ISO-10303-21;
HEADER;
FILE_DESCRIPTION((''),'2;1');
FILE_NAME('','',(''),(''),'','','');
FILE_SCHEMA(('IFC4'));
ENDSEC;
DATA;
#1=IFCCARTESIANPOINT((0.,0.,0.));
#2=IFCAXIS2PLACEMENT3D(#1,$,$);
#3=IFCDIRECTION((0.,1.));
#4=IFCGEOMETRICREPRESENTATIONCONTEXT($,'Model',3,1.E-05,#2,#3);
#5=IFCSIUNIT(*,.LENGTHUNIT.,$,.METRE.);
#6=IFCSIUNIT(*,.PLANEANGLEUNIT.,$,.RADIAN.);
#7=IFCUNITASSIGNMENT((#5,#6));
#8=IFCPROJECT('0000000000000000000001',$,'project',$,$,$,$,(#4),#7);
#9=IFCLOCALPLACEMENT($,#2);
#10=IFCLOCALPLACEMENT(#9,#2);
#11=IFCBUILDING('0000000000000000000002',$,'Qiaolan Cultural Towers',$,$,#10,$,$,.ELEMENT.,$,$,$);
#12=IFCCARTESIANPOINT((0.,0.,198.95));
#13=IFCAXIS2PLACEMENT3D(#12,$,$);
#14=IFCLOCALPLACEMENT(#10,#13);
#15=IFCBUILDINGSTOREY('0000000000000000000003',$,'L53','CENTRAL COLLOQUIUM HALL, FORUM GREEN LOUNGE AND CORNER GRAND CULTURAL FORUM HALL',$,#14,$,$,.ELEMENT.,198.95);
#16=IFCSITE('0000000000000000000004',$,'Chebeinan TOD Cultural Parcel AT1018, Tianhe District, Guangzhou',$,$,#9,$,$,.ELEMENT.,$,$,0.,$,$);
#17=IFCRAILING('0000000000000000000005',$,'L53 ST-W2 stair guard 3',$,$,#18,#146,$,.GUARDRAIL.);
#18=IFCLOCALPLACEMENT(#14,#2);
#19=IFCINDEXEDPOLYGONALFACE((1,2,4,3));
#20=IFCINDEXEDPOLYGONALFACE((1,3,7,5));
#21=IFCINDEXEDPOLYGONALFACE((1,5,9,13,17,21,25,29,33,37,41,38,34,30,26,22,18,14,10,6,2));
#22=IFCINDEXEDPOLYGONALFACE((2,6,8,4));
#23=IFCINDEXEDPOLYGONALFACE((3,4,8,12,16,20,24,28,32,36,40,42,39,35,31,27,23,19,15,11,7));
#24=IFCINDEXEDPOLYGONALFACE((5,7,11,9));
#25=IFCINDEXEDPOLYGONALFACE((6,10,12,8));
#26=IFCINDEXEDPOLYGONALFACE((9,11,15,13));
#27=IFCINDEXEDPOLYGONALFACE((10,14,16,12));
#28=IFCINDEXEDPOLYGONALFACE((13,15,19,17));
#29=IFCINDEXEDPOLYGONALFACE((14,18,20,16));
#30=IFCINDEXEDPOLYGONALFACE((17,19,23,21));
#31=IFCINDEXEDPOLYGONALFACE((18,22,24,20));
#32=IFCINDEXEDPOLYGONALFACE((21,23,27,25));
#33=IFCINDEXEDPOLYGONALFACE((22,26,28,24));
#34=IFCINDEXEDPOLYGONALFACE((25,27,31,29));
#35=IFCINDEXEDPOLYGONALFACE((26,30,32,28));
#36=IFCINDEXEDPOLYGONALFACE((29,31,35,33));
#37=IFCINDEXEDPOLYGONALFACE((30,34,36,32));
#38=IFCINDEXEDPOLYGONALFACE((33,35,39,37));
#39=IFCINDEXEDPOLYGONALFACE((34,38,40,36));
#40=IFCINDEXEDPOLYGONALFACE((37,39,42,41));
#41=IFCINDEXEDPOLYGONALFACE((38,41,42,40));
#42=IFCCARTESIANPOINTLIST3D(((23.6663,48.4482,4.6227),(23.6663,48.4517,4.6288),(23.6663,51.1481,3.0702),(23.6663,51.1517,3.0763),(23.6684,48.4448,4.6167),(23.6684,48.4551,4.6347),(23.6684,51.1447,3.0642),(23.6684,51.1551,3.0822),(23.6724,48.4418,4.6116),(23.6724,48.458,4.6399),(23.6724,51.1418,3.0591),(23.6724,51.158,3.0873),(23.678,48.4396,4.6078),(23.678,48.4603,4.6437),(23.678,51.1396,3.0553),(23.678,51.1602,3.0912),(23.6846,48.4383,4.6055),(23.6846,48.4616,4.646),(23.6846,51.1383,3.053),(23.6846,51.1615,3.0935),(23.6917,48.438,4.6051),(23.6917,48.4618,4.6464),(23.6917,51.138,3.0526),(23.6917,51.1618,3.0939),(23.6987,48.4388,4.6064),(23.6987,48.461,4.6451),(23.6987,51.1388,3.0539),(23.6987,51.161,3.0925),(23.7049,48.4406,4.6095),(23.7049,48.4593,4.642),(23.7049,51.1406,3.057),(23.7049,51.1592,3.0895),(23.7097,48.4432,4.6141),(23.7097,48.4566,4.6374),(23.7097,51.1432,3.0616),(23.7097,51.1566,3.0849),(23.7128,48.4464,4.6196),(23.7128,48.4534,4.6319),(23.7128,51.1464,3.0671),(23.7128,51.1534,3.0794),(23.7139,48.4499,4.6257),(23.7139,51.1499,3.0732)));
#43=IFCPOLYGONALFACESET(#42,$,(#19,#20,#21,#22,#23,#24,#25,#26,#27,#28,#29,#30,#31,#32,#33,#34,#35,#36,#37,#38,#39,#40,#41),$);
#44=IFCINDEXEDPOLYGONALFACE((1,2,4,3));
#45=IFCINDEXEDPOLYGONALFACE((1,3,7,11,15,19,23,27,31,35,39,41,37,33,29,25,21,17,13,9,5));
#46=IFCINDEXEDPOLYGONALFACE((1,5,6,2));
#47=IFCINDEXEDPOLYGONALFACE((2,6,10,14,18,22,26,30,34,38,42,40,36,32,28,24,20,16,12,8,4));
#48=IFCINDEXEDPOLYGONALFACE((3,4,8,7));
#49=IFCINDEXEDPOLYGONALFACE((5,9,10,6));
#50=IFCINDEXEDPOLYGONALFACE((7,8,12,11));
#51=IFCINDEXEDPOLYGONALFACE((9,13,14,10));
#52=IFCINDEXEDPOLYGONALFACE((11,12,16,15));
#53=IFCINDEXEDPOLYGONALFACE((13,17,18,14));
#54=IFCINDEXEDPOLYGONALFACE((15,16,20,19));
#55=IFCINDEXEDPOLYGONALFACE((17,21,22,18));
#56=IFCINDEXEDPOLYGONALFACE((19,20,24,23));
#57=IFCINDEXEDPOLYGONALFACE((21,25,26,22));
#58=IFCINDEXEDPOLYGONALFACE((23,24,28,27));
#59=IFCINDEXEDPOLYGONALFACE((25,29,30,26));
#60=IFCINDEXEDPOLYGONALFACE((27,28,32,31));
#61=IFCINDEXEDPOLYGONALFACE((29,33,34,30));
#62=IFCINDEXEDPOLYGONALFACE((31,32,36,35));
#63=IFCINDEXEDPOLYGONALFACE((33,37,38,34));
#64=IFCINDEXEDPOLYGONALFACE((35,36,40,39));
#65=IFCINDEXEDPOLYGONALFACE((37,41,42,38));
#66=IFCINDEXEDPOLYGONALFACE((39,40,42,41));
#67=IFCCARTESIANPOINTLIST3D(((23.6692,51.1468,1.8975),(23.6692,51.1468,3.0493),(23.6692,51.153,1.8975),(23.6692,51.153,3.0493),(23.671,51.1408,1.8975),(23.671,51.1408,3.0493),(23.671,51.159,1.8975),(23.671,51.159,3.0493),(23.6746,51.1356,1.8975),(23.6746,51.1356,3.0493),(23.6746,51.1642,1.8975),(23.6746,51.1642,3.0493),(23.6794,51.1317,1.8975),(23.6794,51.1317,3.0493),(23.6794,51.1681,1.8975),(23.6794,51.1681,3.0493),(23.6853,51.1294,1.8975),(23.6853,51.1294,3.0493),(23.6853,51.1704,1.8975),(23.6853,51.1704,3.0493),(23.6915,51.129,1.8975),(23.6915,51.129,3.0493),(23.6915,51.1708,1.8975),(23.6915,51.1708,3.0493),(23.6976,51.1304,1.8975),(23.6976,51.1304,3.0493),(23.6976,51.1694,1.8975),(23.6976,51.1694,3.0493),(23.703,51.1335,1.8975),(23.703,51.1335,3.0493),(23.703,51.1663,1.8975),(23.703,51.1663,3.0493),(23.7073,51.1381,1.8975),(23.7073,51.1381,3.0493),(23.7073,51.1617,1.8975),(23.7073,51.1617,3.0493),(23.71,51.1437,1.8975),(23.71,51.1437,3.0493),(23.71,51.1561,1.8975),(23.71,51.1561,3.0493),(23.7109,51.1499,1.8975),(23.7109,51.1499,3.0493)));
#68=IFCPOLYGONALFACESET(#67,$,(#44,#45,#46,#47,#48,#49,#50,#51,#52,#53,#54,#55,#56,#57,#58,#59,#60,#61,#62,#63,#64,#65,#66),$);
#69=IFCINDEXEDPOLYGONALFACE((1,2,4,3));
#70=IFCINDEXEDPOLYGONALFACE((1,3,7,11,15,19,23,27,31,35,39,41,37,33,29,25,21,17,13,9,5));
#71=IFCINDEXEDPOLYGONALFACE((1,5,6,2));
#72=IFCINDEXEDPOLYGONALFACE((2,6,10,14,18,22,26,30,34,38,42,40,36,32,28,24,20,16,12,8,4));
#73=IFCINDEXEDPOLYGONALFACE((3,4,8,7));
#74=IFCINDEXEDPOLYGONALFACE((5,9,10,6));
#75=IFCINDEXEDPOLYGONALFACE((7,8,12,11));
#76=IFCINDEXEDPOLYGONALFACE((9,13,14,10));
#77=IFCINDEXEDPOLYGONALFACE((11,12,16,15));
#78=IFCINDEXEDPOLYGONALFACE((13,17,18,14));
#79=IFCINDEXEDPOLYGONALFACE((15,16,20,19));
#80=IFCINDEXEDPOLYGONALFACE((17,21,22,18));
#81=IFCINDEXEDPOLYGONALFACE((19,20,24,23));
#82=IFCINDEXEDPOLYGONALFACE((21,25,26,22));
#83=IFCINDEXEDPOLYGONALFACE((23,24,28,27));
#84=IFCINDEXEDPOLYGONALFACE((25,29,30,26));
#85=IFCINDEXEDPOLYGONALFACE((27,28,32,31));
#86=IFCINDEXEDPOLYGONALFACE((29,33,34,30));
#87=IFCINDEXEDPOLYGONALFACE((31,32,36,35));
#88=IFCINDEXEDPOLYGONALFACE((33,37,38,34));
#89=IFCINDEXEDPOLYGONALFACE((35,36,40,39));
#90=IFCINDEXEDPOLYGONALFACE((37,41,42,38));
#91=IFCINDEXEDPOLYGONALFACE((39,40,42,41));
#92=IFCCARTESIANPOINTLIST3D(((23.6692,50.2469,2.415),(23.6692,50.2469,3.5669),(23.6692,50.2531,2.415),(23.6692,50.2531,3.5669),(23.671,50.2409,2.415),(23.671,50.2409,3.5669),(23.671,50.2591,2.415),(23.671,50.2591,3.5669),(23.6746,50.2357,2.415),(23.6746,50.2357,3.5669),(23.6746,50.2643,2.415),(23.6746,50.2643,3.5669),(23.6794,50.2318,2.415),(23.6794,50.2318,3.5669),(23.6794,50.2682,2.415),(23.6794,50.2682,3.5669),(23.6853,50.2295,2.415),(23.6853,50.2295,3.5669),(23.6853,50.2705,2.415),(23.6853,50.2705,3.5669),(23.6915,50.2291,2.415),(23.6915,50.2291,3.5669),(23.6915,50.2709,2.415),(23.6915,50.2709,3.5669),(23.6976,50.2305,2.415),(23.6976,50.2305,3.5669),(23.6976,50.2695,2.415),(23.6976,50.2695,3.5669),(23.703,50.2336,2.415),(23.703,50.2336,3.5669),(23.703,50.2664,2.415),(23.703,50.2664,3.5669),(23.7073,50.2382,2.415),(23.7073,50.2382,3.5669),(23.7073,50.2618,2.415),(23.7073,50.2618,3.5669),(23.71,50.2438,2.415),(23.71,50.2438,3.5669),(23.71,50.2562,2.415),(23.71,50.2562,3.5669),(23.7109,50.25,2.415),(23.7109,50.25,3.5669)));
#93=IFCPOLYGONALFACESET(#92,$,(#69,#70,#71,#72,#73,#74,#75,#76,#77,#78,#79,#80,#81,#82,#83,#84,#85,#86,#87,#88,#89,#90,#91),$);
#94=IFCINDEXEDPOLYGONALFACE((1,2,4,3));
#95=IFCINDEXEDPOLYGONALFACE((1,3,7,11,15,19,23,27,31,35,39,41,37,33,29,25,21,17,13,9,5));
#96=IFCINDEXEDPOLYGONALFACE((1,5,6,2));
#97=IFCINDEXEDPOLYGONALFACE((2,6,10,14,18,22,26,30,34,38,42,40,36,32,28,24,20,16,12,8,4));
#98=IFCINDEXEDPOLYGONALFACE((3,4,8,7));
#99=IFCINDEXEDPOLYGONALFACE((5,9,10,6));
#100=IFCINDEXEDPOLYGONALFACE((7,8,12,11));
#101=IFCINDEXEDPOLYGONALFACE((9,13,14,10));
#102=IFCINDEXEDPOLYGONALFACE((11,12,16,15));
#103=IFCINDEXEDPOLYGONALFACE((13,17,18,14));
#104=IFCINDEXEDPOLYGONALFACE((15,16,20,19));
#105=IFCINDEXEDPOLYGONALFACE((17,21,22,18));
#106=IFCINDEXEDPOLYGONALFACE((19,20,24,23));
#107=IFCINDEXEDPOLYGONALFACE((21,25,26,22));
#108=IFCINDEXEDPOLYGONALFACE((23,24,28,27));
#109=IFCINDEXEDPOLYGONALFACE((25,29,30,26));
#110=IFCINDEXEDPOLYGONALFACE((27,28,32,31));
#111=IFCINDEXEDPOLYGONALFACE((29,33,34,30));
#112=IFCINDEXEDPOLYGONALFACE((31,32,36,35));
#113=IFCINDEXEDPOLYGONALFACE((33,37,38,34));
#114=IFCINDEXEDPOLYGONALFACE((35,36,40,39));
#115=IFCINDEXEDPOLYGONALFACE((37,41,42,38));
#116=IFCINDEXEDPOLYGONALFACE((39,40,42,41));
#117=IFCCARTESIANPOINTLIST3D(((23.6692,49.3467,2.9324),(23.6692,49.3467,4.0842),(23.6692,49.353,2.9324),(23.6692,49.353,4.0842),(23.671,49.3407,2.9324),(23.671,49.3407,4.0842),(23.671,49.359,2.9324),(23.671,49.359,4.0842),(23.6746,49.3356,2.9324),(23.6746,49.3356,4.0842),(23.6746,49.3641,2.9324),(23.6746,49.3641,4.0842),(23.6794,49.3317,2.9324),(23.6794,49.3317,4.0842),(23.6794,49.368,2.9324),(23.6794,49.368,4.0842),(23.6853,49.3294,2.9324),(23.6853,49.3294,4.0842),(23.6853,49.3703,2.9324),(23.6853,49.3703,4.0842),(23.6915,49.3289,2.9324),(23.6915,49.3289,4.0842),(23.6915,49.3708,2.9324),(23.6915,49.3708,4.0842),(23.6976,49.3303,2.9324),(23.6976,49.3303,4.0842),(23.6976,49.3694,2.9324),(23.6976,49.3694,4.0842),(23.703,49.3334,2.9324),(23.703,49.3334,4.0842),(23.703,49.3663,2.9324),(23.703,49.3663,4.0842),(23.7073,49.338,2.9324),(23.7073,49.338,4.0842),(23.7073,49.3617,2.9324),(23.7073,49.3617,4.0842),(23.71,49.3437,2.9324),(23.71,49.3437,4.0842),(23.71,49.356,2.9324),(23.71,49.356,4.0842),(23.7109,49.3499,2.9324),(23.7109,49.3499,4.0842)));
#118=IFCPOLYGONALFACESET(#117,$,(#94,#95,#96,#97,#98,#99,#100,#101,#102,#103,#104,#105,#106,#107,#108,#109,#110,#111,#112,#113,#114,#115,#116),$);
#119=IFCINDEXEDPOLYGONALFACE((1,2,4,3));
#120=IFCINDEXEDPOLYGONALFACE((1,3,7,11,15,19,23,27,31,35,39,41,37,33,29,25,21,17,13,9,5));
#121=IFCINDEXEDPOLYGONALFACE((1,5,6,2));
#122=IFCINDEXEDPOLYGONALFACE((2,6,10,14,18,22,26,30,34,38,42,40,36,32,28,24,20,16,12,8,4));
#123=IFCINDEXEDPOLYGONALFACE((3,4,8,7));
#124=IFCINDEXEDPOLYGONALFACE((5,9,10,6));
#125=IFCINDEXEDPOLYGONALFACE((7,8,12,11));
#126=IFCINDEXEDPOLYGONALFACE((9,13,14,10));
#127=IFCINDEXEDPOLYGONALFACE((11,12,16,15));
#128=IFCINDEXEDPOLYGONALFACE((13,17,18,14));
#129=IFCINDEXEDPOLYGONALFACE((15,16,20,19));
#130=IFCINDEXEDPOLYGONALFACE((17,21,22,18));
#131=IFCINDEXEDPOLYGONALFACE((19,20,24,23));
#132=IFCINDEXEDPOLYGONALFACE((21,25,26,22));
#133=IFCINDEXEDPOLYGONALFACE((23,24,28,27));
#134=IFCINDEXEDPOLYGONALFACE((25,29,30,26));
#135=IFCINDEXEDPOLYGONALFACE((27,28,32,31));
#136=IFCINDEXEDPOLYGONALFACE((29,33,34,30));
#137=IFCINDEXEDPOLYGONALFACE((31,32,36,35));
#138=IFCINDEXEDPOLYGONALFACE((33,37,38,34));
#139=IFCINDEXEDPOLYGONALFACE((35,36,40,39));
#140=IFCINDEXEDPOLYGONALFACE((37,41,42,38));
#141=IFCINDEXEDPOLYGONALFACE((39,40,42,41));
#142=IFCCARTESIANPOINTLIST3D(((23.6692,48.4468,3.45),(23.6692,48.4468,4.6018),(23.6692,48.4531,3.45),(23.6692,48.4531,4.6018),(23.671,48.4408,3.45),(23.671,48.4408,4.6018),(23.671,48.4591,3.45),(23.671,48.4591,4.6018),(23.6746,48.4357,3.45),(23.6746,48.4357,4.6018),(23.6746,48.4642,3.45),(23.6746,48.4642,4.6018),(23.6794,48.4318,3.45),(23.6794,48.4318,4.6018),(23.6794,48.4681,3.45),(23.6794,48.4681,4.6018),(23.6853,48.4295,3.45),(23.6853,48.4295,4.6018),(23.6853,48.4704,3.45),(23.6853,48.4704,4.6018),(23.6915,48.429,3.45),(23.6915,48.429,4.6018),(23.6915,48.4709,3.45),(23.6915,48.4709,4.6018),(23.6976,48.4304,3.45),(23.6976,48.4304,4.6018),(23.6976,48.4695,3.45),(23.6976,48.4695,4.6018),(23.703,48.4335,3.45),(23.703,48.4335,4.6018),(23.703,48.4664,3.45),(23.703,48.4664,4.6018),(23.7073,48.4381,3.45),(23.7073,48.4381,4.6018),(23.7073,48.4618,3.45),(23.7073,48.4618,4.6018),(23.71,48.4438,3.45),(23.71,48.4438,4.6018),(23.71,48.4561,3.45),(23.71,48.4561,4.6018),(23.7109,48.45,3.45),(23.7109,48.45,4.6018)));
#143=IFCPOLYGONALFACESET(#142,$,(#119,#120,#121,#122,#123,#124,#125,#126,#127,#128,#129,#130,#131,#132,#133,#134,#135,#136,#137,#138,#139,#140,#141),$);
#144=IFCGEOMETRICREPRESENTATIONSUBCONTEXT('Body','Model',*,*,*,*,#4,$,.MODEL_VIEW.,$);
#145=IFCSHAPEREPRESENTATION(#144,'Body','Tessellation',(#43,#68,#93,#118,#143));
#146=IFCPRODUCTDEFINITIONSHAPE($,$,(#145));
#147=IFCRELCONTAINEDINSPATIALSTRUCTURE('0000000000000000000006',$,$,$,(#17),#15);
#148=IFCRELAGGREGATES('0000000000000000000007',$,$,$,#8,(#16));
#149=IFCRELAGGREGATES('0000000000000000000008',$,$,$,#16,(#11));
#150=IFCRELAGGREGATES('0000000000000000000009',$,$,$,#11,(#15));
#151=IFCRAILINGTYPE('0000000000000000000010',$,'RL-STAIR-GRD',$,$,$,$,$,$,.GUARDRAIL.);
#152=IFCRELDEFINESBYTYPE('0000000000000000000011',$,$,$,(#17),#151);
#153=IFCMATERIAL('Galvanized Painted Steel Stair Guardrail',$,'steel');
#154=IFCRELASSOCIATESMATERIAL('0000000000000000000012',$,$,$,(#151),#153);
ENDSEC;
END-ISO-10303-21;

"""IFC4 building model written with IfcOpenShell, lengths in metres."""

from ifc_helpers import new_model, si_unit, direction, frame, origin, origin_2d, place, context, subcontext, project, spatial, circle, extrude, material, type_object, element, save


model = new_model("IFC4")

# Units and contexts
model_context = context("Model", 3, precision=1e-05, world=origin(), true_north=direction((0.0, 1.0)))
body_context = subcontext(model_context, "Body", "Model", "MODEL_VIEW")
ifc_project = project(units=[si_unit("LENGTHUNIT", "METRE"), si_unit("PLANEANGLEUNIT", "RADIAN")], contexts=[model_context])

# Site, building, storey
site_placement = place(None, origin())
site = spatial("IfcSite", under=ifc_project, at=site_placement, Name="Chebeinan TOD Cultural Parcel AT1018, Tianhe District, Guangzhou", CompositionType="ELEMENT", RefElevation=0.0)
building_placement = place(site_placement, origin())
building = spatial("IfcBuilding", under=site, at=building_placement, Name="Qiaolan Cultural Towers", CompositionType="ELEMENT")
storey_placement = place(building_placement, frame((0.0, 0.0, 198.95)))
storey = spatial("IfcBuildingStorey", under=building, at=storey_placement, Name="L53", Description="CENTRAL COLLOQUIUM HALL, FORUM GREEN LOUNGE AND CORNER GRAND CULTURAL FORUM HALL", CompositionType="ELEMENT", Elevation=198.95)

# Railing
ifc_material_1 = material(Name="Galvanized Painted Steel Stair Guardrail", Category="steel")
railing_type_1 = type_object("IfcRailingType", Name="RL-STAIR-GRD", PredefinedType="GUARDRAIL", material=ifc_material_1)
railing_1_placement = place(storey_placement, frame((23.6899, 51.1499, 1.8975)))
element("IfcRailing", 1, at=railing_1_placement, inside=storey, type_object=railing_type_1, Name="L53 ST-W2 stair guard 3", PredefinedType="GUARDRAIL", context=body_context, shape_type="SweptSolid", body=[
    extrude(circle(Radius=0.0239, at=origin_2d()), frame((0.0, 0.0, 1.1758), z_axis=(0.0, -0.866904, 0.498476), x_axis=(1.0, 0.0, 0.0)), (0.0, 0.0, 1.0), 3.1145),
    extrude(circle(Radius=0.021, at=origin_2d()), origin(), (0.0, 0.0, 1.0), 1.1519),
    extrude(circle(Radius=0.021, at=origin_2d()), frame((0.0, -0.8999, 0.5176)), (0.0, 0.0, 1.0), 1.1519),
    extrude(circle(Radius=0.021, at=origin_2d()), frame((0.0, -1.8, 1.0349)), (0.0, 0.0, 1.0), 1.1519),
    extrude(circle(Radius=0.021, at=origin_2d()), frame((0.0, -2.7, 1.5525)), (0.0, 0.0, 1.0), 1.1519),
])

save(model, "model.ifc")
